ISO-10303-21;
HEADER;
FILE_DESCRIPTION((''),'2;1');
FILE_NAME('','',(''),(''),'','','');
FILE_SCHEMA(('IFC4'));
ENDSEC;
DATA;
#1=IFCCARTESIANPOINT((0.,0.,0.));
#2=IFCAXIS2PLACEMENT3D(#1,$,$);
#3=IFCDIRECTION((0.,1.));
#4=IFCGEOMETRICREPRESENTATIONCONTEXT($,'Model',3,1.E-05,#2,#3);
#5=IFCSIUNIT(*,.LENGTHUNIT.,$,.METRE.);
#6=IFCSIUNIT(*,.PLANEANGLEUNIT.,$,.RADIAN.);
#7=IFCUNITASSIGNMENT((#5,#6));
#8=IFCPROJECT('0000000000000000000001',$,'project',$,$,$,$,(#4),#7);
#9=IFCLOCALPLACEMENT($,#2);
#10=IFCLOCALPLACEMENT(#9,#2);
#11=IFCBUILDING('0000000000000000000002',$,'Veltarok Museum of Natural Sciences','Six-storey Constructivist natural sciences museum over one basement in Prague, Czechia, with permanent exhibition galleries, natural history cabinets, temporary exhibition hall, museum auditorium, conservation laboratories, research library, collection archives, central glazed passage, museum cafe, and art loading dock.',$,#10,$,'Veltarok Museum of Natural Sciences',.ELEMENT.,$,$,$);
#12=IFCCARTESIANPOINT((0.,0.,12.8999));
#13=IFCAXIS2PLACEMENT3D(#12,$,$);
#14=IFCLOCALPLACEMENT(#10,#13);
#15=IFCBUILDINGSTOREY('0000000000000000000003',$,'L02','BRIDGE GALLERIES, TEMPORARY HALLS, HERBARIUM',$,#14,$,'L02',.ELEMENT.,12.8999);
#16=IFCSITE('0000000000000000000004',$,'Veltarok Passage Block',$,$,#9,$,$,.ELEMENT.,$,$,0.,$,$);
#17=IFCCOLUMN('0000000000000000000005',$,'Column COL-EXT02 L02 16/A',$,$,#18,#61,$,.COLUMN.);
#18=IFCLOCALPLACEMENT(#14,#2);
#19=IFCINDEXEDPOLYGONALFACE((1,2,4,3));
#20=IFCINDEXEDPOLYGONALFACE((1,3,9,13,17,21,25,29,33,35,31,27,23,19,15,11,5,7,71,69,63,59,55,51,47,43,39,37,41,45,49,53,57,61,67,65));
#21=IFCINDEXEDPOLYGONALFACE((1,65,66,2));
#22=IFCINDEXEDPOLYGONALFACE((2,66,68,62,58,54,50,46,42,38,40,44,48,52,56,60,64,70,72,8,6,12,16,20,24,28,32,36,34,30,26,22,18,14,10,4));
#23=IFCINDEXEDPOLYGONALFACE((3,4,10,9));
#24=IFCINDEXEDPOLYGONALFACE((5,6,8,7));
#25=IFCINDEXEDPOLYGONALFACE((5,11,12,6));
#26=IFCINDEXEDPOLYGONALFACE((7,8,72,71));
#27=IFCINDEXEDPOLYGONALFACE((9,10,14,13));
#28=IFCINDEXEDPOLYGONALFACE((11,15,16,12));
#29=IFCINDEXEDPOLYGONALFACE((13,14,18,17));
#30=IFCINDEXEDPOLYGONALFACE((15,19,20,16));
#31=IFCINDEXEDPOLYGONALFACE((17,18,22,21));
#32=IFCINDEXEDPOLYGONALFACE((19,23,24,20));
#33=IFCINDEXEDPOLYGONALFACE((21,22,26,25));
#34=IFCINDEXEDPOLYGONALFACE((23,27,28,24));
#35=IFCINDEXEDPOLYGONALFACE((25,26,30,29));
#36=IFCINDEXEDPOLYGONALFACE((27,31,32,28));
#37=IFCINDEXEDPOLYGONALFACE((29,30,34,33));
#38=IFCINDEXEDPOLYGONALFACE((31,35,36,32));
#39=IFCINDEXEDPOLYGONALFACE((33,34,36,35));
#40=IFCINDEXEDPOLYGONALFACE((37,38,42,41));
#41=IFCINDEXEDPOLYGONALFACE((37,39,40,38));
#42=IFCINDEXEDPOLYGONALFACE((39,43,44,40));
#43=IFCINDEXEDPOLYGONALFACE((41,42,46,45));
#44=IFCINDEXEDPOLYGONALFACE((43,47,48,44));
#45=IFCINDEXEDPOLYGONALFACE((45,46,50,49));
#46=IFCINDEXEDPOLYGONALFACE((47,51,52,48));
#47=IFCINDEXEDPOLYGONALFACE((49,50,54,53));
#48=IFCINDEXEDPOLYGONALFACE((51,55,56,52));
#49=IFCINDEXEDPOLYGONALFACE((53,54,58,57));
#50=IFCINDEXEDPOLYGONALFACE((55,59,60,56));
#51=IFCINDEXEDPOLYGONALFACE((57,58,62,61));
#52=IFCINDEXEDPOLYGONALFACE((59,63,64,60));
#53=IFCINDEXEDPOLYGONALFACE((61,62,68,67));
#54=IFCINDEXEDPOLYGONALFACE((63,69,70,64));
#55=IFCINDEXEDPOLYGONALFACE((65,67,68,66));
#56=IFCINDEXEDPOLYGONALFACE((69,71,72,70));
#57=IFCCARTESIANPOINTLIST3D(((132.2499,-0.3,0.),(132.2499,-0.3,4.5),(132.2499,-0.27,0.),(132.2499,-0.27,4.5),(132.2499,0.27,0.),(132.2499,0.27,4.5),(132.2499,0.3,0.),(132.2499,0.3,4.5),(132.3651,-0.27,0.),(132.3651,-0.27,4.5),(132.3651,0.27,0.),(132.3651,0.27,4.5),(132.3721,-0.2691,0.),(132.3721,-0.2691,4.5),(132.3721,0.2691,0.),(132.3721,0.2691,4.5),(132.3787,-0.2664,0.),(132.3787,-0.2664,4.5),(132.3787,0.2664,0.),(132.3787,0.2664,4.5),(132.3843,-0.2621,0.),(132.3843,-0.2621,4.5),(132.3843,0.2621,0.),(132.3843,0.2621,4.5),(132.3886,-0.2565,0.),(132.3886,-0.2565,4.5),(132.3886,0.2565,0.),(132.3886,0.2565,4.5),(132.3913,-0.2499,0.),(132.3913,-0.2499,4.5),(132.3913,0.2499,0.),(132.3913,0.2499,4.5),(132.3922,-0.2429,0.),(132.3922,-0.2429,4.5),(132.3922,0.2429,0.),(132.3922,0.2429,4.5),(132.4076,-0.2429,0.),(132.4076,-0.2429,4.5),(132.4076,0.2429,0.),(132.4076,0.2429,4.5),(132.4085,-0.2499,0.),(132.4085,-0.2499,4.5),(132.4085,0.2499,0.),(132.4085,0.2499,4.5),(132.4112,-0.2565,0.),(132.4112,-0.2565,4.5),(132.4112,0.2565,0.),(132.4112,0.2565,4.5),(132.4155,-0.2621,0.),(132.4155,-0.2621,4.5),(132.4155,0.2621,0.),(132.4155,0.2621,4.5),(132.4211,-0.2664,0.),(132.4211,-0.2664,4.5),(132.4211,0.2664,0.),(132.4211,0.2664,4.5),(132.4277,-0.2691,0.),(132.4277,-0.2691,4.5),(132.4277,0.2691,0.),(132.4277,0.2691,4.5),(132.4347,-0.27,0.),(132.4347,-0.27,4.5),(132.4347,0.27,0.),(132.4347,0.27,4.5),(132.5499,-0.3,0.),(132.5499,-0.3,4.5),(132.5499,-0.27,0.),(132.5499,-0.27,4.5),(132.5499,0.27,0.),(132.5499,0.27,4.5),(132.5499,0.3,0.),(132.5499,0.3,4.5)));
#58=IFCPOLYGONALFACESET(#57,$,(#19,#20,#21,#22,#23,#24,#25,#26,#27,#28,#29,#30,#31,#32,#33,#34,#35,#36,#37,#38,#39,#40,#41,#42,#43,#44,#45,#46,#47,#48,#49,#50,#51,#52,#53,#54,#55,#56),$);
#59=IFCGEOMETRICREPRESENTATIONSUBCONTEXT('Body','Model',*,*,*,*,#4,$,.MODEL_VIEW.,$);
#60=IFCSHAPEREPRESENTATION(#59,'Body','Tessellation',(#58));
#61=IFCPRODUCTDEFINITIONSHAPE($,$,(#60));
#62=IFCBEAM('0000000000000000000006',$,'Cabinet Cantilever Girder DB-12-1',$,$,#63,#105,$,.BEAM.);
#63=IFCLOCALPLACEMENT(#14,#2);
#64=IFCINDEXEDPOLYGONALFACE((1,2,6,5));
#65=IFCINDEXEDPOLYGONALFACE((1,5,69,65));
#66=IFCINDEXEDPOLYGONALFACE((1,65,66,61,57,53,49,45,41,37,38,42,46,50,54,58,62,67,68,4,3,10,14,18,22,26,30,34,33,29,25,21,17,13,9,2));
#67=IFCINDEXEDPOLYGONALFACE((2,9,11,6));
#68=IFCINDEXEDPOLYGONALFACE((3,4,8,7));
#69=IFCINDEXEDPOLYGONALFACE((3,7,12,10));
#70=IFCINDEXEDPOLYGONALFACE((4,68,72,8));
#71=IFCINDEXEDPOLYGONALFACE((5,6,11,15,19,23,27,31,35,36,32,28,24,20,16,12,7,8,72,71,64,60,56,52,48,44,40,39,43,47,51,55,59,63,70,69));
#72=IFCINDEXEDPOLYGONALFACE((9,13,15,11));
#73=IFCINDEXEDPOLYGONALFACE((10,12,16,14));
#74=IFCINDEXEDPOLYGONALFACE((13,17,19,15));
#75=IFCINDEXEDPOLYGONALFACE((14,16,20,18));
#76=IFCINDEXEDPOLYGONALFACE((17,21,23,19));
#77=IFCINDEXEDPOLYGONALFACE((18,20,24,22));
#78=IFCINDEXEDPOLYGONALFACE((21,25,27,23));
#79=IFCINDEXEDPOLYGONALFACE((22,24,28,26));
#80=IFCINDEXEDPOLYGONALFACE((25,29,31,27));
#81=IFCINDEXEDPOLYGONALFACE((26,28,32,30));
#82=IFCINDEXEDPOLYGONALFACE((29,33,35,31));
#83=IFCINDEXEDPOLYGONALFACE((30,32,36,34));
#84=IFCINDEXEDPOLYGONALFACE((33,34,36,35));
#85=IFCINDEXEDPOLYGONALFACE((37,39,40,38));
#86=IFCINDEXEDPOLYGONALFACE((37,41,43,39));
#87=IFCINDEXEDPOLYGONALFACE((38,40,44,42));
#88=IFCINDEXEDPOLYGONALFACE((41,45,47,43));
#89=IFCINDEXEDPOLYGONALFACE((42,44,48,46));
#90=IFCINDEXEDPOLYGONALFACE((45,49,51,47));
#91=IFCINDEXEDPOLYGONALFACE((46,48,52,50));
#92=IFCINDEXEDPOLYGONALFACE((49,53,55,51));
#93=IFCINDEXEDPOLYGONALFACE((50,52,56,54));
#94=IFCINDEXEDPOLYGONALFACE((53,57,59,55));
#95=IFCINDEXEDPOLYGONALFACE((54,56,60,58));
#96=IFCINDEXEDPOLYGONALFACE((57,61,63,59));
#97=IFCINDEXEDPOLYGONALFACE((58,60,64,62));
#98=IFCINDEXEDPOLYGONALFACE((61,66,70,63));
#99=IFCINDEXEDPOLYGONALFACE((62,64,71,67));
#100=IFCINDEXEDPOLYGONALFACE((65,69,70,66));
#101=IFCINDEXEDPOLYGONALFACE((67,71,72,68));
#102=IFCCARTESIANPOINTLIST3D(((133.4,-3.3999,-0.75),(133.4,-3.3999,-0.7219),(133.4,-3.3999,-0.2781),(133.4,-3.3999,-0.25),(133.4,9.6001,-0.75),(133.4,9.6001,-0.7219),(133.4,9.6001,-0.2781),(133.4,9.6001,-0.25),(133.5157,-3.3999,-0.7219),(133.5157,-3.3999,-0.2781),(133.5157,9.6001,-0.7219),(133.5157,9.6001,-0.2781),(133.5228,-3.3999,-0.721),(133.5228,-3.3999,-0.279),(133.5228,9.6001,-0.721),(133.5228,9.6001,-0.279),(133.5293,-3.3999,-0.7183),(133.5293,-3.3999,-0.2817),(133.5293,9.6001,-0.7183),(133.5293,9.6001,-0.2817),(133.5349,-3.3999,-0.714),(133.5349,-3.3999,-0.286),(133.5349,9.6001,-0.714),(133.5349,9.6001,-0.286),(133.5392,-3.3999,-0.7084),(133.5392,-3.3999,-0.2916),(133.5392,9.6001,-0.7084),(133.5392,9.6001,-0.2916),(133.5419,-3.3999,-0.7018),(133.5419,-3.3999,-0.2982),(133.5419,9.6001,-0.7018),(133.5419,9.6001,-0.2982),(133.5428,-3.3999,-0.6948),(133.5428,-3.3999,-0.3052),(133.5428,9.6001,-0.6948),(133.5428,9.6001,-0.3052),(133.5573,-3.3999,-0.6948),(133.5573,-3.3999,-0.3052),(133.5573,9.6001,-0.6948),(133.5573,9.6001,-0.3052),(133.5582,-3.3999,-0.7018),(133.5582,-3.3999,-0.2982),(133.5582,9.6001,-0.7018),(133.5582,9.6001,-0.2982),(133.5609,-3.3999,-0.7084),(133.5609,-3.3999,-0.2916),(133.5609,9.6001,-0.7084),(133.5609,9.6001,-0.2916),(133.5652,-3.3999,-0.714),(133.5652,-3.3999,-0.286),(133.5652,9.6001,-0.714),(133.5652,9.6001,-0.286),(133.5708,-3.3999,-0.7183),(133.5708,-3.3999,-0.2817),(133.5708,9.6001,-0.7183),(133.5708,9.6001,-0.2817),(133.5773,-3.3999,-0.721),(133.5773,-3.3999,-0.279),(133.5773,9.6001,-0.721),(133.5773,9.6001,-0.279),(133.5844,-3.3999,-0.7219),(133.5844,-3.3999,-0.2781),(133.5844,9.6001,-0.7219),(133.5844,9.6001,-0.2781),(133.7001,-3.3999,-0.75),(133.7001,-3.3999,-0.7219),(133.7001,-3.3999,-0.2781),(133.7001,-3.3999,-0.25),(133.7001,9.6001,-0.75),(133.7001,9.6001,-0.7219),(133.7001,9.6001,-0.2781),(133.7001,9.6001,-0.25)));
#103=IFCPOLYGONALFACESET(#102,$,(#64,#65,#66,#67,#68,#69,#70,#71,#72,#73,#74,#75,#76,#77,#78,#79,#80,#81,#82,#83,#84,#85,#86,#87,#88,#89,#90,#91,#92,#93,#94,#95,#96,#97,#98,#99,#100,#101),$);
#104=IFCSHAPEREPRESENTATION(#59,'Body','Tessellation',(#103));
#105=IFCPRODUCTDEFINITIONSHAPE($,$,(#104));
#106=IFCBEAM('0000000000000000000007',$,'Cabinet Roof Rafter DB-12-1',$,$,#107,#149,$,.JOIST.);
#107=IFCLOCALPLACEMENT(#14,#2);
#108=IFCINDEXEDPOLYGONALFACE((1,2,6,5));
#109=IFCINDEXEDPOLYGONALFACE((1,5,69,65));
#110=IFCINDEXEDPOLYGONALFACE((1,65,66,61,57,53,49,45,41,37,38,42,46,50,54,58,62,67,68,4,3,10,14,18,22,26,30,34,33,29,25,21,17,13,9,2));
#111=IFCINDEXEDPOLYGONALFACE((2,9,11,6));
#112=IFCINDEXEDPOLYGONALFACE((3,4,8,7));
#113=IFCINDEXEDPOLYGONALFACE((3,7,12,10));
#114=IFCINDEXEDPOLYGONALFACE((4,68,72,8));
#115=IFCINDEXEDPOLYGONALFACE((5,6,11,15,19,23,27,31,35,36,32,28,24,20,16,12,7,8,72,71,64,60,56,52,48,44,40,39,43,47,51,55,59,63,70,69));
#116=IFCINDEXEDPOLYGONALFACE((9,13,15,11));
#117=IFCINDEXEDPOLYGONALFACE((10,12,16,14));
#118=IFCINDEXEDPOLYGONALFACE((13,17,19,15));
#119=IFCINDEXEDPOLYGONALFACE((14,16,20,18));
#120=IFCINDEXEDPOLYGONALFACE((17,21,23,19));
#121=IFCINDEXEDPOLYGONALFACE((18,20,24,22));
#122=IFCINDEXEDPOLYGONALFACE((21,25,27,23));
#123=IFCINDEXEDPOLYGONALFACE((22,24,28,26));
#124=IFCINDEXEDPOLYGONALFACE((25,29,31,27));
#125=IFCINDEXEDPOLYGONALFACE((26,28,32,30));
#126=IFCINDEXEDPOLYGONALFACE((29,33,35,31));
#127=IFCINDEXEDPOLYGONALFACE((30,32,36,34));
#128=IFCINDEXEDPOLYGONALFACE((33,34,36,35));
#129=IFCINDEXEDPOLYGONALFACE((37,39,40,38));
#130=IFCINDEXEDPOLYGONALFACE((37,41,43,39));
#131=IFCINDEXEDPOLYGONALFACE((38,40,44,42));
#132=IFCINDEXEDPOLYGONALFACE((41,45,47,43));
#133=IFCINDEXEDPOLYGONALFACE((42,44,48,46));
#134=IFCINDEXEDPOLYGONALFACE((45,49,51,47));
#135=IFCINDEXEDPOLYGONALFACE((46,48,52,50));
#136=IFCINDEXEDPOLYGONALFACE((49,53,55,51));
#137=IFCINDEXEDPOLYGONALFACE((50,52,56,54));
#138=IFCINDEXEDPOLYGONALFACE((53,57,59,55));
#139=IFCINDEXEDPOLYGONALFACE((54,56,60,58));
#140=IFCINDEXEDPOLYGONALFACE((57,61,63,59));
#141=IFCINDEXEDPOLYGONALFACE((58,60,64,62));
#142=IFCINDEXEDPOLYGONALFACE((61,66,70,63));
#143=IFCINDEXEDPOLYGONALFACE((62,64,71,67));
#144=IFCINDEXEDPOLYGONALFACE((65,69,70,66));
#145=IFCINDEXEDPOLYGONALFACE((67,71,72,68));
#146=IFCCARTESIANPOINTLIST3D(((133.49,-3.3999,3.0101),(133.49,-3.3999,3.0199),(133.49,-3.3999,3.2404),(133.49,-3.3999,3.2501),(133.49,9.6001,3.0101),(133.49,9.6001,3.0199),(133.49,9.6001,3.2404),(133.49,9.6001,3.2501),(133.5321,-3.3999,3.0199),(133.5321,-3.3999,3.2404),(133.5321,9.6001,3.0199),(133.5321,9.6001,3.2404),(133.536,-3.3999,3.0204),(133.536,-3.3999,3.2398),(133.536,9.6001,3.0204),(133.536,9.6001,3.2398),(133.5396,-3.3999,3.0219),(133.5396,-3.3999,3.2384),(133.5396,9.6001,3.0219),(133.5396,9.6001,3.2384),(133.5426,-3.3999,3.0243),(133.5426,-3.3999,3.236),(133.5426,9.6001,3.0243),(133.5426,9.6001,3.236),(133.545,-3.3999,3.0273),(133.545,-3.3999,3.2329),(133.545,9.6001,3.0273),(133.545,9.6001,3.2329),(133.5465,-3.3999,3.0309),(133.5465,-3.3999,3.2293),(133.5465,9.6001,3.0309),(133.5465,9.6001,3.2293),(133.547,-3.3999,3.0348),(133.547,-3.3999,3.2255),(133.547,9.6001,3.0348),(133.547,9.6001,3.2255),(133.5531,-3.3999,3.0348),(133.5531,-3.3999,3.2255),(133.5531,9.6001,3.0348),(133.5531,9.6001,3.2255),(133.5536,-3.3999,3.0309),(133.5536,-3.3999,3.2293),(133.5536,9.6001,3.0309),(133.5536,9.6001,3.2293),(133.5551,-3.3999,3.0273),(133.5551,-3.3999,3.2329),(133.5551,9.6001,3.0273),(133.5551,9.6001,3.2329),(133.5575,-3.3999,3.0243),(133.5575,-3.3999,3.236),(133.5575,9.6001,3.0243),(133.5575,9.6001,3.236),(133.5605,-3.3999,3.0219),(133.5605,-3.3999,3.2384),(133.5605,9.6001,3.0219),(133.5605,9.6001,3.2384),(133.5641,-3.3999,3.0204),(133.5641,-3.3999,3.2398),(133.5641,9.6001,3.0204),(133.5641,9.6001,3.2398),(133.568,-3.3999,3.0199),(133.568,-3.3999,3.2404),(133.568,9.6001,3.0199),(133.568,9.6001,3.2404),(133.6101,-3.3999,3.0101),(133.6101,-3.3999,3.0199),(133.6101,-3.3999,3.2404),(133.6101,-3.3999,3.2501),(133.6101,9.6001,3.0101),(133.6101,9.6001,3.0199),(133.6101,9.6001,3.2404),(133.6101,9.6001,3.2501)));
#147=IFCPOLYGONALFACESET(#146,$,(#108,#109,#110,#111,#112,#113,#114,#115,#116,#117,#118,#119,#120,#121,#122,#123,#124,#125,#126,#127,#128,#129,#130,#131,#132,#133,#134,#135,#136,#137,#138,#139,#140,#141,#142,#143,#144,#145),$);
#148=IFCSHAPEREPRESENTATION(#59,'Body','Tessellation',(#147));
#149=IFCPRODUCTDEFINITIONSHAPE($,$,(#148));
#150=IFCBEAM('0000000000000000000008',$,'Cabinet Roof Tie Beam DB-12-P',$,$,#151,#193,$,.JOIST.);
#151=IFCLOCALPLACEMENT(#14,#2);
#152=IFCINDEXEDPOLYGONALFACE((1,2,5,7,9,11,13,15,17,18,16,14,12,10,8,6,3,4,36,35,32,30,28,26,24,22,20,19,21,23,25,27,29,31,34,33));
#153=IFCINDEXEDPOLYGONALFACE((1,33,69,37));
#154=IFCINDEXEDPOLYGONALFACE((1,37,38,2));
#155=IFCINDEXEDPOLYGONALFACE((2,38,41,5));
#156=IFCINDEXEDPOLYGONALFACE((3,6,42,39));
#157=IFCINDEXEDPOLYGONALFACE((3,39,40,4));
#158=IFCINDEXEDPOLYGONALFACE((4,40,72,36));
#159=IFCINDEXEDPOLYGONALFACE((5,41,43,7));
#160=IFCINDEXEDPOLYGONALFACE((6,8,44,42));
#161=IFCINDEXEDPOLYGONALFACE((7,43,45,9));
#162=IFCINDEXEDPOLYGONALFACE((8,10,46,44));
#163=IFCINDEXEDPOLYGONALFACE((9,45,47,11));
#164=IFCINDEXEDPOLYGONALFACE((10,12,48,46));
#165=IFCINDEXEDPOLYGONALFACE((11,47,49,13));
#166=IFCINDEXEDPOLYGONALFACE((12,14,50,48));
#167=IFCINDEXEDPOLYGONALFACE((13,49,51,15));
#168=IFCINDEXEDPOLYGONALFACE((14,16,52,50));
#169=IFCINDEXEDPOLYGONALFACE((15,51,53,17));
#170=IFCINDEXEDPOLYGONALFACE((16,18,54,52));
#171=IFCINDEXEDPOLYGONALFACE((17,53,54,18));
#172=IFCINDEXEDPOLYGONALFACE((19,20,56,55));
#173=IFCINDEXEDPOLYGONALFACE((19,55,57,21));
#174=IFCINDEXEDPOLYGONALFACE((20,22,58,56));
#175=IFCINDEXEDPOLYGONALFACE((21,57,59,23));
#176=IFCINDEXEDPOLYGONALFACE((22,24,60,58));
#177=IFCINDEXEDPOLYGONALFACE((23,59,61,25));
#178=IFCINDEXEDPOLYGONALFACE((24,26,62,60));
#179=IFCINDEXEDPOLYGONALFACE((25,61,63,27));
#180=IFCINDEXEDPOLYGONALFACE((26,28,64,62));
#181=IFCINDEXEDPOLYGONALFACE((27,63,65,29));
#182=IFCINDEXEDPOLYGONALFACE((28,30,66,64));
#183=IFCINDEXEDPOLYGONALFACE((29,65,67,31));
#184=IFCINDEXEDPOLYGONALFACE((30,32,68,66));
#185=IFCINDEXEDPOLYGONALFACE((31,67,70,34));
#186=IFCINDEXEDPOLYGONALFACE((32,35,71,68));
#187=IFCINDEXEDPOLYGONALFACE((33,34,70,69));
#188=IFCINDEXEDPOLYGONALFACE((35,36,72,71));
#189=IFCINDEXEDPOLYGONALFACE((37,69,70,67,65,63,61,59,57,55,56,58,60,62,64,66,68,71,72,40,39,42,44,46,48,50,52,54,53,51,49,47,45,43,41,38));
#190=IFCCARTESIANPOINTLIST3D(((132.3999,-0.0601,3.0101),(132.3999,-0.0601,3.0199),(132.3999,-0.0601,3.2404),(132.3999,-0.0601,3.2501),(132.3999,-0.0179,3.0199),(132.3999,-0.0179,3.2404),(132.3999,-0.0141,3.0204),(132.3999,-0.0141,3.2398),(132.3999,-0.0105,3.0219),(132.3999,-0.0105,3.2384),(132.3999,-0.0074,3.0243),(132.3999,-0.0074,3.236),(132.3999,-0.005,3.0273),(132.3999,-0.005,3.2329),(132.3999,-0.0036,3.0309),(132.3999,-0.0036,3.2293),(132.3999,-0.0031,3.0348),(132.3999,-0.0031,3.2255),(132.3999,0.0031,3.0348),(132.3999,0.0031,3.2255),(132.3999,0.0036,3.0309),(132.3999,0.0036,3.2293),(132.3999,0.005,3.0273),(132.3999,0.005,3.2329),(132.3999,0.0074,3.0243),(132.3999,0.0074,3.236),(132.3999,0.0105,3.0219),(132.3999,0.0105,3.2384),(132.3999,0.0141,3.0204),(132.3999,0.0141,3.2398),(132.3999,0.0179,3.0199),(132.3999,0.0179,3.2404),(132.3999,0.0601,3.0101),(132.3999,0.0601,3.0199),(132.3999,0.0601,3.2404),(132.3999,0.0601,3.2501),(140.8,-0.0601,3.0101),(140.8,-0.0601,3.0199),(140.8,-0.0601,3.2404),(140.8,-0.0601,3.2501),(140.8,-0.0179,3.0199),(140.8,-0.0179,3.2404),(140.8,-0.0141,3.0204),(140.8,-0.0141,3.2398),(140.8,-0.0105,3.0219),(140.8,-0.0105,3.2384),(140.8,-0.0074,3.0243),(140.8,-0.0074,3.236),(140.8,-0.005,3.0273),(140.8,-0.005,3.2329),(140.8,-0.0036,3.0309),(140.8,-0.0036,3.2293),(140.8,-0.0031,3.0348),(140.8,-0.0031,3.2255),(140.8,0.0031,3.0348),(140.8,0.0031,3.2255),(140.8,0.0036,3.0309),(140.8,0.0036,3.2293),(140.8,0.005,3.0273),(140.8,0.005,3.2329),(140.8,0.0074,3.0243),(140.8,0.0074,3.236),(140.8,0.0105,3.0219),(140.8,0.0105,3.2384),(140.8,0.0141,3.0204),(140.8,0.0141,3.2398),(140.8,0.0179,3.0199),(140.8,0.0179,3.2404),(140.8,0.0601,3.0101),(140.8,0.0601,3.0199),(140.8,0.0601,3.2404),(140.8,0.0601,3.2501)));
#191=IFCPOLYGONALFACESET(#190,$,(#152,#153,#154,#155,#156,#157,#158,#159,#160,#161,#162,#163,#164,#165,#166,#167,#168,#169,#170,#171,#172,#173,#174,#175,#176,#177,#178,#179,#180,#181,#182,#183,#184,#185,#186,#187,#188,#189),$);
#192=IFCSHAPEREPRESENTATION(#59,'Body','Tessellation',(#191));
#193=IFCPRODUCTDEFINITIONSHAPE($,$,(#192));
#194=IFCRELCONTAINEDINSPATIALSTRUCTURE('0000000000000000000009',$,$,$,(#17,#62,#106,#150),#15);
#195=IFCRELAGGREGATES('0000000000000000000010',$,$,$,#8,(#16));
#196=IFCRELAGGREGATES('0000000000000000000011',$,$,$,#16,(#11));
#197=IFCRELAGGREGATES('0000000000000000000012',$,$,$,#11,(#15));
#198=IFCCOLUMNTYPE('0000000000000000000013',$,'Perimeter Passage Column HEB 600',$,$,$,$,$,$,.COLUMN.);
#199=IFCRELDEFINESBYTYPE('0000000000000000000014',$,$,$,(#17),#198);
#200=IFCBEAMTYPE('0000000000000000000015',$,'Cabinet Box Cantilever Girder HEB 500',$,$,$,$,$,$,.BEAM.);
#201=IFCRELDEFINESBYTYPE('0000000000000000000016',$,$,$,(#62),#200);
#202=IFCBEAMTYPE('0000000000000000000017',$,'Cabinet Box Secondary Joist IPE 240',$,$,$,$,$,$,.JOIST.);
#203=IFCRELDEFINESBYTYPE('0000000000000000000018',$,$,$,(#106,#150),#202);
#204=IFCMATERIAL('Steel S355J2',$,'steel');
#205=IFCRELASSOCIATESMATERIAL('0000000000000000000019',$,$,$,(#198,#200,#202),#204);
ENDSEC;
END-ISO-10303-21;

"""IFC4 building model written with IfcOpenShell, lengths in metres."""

from ifc_helpers import new_model, si_unit, direction, frame, origin, origin_2d, place, context, subcontext, project, spatial, i_section, extrude, material, material_profile, profile_set, type_object, element, save


model = new_model("IFC4")

# Units and contexts
model_context = context("Model", 3, precision=1e-05, world=origin(), true_north=direction((0.0, 1.0)))
body_context = subcontext(model_context, "Body", "Model", "MODEL_VIEW")
ifc_project = project(units=[si_unit("LENGTHUNIT", "METRE"), si_unit("PLANEANGLEUNIT", "RADIAN")], contexts=[model_context])

# Site, building, storey
site_placement = place(None, origin())
site = spatial("IfcSite", under=ifc_project, at=site_placement, Name="Veltarok Passage Block", CompositionType="ELEMENT", RefElevation=0.0)
building_placement = place(site_placement, origin())
building = spatial("IfcBuilding", under=site, at=building_placement, Name="Veltarok Museum of Natural Sciences", Description="Six-storey Constructivist natural sciences museum over one basement in Prague, Czechia, with permanent exhibition galleries, natural history cabinets, temporary exhibition hall, museum auditorium, conservation laboratories, research library, collection archives, central glazed passage, museum cafe, and art loading dock.", LongName="Veltarok Museum of Natural Sciences", CompositionType="ELEMENT")
storey_placement = place(building_placement, frame((0.0, 0.0, 12.8999)))
storey = spatial("IfcBuildingStorey", under=building, at=storey_placement, Name="L02", Description="BRIDGE GALLERIES, TEMPORARY HALLS, HERBARIUM", LongName="L02", CompositionType="ELEMENT", Elevation=12.8999)

# Column
ifc_material_1 = material(Name="Steel S355J2", Category="steel")
ifc_material_profile_1 = material_profile(ifc_material_1, i_section(OverallWidth=0.3, OverallDepth=0.6001, WebThickness=0.0154, FlangeThickness=0.03, FilletRadius=0.0271, at=origin_2d()), Name="HEB 600")
ifc_profile_set_1 = profile_set([ifc_material_profile_1], Name="Steel S355J2")
column_type = type_object("IfcColumnType", Name="Perimeter Passage Column HEB 600", PredefinedType="COLUMN", material=ifc_profile_set_1)
column_placement = place(storey_placement, frame((132.3999, 0.0, 0.0), z_axis=(0.0, 0.0, 1.0), x_axis=(1.0, 0.0, 0.0)))
element("IfcColumn", 1, at=column_placement, inside=storey, type_object=column_type, Name="Column COL-EXT02 L02 16/A", PredefinedType="COLUMN", context=body_context, shape_type="SweptSolid", body=[
    extrude(i_section(OverallWidth=0.3, OverallDepth=0.6001, WebThickness=0.0154, FlangeThickness=0.03, FilletRadius=0.0271, at=origin_2d()), origin(), (0.0, 0.0, 1.0), 4.5),
])

# Beams
ifc_material_profile_2 = material_profile(ifc_material_1, i_section(OverallWidth=0.3, OverallDepth=0.5, WebThickness=0.0144, FlangeThickness=0.0281, FilletRadius=0.0271, at=origin_2d()), Name="HEB 500")
ifc_profile_set_2 = profile_set([ifc_material_profile_2], Name="Steel S355J2")
beam_type_1 = type_object("IfcBeamType", Name="Cabinet Box Cantilever Girder HEB 500", PredefinedType="BEAM", material=ifc_profile_set_2)
beam_1_placement = place(storey_placement, frame((133.55, -3.3999, -0.5), z_axis=(0.0, 1.0, 0.0), x_axis=(-1.0, 0.0, 0.0)))
element("IfcBeam", 2, at=beam_1_placement, inside=storey, type_object=beam_type_1, Name="Cabinet Cantilever Girder DB-12-1", PredefinedType="BEAM", context=body_context, shape_type="SweptSolid", body=[
    extrude(i_section(OverallWidth=0.3, OverallDepth=0.5, WebThickness=0.0144, FlangeThickness=0.0281, FilletRadius=0.0271, at=origin_2d()), origin(), (0.0, 0.0, 1.0), 13.0),
])
ifc_material_profile_3 = material_profile(ifc_material_1, i_section(OverallWidth=0.1201, OverallDepth=0.24, WebThickness=0.0061, FlangeThickness=0.0098, FilletRadius=0.0149, at=origin_2d()), Name="IPE 240")
ifc_profile_set_3 = profile_set([ifc_material_profile_3], Name="Steel S355J2")
beam_type_2 = type_object("IfcBeamType", Name="Cabinet Box Secondary Joist IPE 240", PredefinedType="JOIST", material=ifc_profile_set_3)
beam_2_placement = place(storey_placement, frame((133.55, -3.3999, 3.1301), z_axis=(0.0, 1.0, 0.0), x_axis=(-1.0, 0.0, 0.0)))
element("IfcBeam", 3, at=beam_2_placement, inside=storey, type_object=beam_type_2, Name="Cabinet Roof Rafter DB-12-1", PredefinedType="JOIST", context=body_context, shape_type="SweptSolid", body=[
    extrude(i_section(OverallWidth=0.1201, OverallDepth=0.24, WebThickness=0.0061, FlangeThickness=0.0098, FilletRadius=0.0149, at=origin_2d()), origin(), (0.0, 0.0, 1.0), 13.0),
])
beam_3_placement = place(storey_placement, frame((132.3999, 0.0, 3.1301), z_axis=(1.0, 0.0, 0.0), x_axis=(0.0, 1.0, 0.0)))
element("IfcBeam", 4, at=beam_3_placement, inside=storey, type_object=beam_type_2, Name="Cabinet Roof Tie Beam DB-12-P", PredefinedType="JOIST", context=body_context, shape_type="SweptSolid", body=[
    extrude(i_section(OverallWidth=0.1201, OverallDepth=0.24, WebThickness=0.0061, FlangeThickness=0.0098, FilletRadius=0.0149, at=origin_2d()), origin(), (0.0, 0.0, 1.0), 8.4001),
])

save(model, "model.ifc")
